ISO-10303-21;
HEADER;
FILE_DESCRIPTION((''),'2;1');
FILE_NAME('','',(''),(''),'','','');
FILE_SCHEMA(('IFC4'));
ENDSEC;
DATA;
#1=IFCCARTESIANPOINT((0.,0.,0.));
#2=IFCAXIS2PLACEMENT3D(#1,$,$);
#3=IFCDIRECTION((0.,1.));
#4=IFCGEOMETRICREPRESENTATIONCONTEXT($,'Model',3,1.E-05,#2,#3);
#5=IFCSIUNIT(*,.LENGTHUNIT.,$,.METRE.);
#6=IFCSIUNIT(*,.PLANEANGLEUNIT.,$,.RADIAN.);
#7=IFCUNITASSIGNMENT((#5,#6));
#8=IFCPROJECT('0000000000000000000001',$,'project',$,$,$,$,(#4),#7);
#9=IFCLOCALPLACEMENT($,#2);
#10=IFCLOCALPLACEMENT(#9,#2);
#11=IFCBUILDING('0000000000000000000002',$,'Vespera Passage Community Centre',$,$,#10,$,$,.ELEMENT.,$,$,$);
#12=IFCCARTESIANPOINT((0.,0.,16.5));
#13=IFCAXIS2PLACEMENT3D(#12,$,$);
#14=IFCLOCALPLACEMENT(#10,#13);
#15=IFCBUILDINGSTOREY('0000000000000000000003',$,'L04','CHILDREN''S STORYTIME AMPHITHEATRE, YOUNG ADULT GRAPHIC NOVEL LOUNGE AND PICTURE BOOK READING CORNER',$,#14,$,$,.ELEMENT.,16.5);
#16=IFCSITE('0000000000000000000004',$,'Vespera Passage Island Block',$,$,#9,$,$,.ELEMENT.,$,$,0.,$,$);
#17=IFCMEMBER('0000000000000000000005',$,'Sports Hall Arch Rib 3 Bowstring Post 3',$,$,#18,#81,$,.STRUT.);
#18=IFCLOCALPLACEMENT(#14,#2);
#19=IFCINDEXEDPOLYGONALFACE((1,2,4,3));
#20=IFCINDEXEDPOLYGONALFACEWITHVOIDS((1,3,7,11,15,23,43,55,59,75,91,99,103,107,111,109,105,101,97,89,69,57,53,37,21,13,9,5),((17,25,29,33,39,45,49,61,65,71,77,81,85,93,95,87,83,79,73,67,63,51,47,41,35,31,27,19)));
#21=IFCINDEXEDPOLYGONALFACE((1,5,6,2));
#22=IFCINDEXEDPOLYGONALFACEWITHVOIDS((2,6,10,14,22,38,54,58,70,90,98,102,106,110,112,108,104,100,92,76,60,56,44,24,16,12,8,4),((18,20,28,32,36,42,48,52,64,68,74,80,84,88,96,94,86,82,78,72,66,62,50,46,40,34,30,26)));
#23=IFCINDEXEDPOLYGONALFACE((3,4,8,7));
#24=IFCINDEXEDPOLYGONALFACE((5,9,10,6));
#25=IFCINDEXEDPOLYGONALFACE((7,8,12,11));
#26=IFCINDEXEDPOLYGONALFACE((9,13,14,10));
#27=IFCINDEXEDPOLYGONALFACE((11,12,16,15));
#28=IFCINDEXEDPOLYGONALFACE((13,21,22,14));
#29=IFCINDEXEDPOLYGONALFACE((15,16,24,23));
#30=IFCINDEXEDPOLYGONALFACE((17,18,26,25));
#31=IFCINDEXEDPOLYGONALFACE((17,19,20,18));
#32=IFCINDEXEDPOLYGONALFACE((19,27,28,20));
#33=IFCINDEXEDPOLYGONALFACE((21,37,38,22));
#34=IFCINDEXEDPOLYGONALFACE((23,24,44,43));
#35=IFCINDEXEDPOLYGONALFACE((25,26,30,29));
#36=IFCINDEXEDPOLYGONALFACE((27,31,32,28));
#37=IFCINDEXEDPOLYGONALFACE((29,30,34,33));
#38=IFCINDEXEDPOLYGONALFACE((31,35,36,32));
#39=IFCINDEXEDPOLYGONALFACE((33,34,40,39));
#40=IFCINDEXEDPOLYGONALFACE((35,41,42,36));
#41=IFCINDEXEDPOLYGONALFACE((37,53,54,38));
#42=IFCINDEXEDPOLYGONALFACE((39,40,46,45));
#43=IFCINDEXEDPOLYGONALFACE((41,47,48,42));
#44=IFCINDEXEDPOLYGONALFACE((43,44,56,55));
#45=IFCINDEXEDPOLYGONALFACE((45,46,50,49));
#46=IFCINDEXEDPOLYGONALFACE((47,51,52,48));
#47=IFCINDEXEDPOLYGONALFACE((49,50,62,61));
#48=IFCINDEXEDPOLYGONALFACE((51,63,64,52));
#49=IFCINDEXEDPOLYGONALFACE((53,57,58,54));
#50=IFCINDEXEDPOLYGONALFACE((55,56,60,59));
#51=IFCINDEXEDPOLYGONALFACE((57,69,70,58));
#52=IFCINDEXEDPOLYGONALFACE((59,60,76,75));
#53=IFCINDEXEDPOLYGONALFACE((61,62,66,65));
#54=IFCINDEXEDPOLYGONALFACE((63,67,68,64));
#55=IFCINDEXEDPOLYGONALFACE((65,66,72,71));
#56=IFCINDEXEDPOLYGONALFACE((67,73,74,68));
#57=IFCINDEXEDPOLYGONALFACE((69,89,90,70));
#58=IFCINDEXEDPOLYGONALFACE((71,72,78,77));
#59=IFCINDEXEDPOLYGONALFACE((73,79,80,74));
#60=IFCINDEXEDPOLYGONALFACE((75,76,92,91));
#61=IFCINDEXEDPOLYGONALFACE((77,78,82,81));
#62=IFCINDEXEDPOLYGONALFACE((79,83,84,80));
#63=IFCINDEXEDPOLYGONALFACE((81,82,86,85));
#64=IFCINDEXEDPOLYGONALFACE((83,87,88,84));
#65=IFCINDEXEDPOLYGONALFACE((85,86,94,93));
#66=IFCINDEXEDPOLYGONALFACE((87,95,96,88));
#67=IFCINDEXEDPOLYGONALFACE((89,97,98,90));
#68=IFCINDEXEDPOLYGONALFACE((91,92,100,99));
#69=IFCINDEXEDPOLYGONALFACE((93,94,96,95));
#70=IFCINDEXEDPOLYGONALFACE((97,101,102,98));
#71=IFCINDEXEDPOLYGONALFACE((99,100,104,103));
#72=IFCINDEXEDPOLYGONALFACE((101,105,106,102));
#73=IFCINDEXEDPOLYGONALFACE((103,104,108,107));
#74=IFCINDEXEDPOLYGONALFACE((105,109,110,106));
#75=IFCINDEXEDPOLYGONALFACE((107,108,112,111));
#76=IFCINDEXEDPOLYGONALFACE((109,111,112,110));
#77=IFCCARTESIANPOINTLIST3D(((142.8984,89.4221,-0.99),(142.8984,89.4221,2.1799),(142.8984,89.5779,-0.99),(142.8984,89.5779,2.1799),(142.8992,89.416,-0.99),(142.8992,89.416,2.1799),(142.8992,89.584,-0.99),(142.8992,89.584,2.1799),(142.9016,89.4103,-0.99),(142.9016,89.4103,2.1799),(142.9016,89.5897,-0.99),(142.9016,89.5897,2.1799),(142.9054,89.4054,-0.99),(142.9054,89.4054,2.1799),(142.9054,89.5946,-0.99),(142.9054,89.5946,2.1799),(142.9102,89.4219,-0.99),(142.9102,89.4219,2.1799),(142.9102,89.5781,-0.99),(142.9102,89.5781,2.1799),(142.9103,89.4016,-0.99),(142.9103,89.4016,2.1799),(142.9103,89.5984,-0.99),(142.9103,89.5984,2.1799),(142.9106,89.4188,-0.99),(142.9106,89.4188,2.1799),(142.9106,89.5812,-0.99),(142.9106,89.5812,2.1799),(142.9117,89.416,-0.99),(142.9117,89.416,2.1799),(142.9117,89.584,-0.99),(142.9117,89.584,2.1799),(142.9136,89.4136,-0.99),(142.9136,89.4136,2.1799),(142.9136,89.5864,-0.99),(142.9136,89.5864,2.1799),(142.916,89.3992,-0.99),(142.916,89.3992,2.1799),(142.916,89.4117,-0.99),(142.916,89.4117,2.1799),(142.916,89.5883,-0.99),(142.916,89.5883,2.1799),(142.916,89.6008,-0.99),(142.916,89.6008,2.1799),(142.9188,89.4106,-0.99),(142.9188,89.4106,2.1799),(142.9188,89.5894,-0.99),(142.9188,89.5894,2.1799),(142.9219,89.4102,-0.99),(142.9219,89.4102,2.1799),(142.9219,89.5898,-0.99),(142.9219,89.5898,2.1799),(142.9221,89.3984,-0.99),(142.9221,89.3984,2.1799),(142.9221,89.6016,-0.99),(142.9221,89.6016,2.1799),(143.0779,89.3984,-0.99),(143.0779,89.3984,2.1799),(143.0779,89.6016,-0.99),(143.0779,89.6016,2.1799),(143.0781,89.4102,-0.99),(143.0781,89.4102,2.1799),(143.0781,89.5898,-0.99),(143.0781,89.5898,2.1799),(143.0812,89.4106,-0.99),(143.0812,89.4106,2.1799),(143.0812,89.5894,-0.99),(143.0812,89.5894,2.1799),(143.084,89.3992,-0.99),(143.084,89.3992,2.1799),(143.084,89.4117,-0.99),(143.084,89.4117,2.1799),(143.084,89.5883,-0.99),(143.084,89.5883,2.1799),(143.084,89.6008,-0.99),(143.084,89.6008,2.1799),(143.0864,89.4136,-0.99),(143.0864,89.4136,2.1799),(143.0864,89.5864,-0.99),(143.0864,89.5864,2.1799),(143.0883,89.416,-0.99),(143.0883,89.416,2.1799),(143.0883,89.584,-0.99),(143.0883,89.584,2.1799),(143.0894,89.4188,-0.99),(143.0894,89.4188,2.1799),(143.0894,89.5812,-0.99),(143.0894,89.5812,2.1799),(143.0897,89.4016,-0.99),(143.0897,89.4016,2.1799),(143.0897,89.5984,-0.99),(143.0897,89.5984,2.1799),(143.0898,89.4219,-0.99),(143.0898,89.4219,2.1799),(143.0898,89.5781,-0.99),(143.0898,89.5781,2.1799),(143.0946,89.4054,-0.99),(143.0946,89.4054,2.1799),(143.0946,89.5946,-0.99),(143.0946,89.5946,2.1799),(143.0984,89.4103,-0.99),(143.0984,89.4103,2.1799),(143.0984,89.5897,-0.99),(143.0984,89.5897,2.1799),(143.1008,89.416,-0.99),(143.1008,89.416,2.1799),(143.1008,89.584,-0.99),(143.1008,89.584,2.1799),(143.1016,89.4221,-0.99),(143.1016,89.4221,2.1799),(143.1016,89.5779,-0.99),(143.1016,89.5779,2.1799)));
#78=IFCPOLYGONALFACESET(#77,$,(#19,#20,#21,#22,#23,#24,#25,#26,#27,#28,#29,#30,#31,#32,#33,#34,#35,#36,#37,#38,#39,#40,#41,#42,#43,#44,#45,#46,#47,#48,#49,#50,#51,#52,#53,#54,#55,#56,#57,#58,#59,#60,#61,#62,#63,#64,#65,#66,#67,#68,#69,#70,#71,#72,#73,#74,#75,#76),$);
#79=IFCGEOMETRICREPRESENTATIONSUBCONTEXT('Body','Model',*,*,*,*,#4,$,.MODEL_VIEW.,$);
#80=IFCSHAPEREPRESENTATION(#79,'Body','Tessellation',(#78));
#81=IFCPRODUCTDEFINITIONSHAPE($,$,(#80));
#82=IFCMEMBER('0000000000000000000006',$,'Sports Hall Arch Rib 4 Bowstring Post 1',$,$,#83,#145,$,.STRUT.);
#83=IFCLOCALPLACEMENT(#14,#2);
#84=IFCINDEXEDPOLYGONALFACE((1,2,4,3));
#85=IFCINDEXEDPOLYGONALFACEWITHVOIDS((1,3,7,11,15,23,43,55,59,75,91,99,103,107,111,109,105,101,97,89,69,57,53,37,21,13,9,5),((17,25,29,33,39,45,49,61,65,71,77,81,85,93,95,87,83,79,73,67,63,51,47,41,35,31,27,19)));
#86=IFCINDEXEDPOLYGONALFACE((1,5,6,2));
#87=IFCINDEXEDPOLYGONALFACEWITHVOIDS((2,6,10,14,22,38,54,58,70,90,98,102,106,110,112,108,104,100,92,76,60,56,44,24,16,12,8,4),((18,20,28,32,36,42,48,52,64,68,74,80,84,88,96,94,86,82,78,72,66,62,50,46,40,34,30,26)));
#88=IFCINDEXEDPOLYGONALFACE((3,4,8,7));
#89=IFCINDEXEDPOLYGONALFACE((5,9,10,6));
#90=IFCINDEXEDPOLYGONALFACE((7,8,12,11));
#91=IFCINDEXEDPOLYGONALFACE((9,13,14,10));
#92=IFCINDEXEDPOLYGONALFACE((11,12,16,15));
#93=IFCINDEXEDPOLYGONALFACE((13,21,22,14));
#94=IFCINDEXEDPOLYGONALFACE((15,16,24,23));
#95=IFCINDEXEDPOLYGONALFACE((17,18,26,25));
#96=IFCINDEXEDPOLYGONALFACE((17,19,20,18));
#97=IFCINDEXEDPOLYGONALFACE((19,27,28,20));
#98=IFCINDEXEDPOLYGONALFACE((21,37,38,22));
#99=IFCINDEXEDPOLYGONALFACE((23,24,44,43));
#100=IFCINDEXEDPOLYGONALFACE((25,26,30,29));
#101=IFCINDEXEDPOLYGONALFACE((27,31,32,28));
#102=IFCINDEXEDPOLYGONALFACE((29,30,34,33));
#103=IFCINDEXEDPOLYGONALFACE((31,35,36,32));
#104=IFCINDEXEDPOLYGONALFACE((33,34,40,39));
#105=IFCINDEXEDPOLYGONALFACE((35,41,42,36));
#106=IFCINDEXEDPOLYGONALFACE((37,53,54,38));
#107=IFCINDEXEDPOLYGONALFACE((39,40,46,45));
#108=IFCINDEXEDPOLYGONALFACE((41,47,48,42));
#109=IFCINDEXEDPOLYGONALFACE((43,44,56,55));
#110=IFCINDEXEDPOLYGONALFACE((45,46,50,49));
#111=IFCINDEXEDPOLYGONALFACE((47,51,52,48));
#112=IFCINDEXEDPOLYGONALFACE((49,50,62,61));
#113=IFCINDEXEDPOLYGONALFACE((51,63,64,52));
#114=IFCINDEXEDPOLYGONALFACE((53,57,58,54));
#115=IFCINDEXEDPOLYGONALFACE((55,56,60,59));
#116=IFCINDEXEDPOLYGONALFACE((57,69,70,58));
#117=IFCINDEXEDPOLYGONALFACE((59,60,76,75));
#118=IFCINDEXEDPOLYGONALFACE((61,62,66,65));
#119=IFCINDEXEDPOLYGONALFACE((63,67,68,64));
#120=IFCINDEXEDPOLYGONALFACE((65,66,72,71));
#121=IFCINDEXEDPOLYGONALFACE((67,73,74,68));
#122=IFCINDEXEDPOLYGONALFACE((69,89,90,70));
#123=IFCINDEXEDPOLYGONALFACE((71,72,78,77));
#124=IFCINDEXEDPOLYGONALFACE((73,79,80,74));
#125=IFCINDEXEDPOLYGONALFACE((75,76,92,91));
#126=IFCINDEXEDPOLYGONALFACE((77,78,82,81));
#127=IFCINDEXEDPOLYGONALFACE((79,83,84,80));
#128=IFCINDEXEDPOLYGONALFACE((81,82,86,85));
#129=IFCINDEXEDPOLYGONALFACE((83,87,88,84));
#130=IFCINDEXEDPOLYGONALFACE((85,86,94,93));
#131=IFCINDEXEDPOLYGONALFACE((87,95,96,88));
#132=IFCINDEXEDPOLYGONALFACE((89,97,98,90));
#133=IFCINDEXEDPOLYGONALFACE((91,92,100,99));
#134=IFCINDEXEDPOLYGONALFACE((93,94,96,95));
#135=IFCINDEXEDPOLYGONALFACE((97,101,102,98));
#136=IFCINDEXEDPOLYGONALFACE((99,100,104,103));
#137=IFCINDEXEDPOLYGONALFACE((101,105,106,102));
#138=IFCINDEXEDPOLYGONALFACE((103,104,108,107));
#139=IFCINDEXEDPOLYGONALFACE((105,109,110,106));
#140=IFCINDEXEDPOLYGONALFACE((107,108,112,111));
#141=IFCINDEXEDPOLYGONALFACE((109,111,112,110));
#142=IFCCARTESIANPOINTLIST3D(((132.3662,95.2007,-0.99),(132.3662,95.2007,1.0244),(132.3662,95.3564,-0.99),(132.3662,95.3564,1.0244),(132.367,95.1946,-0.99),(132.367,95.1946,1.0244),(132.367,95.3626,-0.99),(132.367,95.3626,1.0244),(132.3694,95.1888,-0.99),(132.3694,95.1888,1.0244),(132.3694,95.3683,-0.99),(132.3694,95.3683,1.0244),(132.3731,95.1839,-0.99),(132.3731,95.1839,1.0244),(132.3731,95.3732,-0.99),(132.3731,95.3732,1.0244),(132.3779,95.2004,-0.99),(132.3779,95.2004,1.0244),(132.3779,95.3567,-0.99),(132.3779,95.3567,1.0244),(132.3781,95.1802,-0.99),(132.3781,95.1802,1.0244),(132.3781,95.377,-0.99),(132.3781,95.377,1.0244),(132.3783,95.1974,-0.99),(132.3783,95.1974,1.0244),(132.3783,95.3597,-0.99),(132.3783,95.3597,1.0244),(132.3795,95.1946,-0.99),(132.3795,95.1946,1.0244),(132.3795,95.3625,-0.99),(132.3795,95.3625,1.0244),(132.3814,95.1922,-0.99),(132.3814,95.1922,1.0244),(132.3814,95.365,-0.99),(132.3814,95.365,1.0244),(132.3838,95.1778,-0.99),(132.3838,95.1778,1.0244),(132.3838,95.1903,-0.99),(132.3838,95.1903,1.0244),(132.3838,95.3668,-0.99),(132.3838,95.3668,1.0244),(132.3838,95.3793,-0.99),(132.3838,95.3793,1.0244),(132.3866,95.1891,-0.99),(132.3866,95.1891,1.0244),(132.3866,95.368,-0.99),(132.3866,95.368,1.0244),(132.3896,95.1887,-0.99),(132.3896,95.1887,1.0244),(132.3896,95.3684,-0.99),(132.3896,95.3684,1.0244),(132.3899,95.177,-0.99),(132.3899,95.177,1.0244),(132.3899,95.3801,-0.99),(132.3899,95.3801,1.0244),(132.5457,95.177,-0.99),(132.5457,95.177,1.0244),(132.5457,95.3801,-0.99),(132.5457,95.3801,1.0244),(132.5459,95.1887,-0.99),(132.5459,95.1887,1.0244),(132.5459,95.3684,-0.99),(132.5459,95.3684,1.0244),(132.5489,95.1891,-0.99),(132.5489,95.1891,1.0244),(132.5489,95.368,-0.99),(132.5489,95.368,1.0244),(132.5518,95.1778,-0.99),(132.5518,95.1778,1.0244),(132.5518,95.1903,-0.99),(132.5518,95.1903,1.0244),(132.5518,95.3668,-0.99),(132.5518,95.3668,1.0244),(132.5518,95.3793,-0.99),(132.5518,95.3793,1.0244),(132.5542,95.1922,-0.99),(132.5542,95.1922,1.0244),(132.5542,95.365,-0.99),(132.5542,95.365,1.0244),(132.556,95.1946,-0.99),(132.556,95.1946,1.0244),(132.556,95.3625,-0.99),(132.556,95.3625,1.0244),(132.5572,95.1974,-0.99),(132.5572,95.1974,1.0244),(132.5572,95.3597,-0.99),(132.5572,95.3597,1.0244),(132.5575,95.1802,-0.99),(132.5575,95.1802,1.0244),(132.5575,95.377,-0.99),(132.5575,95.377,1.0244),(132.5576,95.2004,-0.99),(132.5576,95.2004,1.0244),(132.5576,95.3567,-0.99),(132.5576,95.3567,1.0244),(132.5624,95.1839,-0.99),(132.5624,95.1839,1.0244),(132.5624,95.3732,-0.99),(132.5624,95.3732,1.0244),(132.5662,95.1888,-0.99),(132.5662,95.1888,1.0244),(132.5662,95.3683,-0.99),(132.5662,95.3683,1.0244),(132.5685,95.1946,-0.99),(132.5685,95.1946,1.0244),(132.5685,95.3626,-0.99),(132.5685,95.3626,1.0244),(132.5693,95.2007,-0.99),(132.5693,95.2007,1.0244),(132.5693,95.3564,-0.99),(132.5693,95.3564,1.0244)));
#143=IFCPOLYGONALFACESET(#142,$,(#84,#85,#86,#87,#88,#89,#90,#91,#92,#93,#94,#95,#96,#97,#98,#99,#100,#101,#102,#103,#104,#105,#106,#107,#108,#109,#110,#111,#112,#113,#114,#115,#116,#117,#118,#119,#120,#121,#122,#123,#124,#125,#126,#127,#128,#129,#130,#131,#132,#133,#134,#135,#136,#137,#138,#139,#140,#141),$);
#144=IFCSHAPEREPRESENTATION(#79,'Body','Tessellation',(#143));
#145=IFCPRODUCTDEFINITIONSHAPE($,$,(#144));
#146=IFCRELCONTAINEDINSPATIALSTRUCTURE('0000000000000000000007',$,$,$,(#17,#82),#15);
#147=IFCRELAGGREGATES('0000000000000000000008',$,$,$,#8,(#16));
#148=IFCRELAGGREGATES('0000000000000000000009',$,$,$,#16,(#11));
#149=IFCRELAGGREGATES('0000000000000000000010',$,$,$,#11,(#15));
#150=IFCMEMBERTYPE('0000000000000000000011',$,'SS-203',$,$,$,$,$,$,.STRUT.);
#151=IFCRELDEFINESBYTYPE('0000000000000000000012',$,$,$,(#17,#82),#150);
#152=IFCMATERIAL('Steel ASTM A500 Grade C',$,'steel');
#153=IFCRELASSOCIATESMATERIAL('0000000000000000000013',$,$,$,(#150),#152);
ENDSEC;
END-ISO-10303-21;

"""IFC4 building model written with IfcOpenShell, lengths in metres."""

from ifc_helpers import new_model, si_unit, direction, frame, origin, origin_2d, place, context, subcontext, project, spatial, hollow_rectangle, extrude, material, material_profile, profile_set, type_object, element, save


model = new_model("IFC4")

# Units and contexts
model_context = context("Model", 3, precision=1e-05, world=origin(), true_north=direction((0.0, 1.0)))
body_context = subcontext(model_context, "Body", "Model", "MODEL_VIEW")
ifc_project = project(units=[si_unit("LENGTHUNIT", "METRE"), si_unit("PLANEANGLEUNIT", "RADIAN")], contexts=[model_context])

# Site, building, storey
site_placement = place(None, origin())
site = spatial("IfcSite", under=ifc_project, at=site_placement, Name="Vespera Passage Island Block", CompositionType="ELEMENT", RefElevation=0.0)
building_placement = place(site_placement, origin())
building = spatial("IfcBuilding", under=site, at=building_placement, Name="Vespera Passage Community Centre", CompositionType="ELEMENT")
storey_placement = place(building_placement, frame((0.0, 0.0, 16.5)))
storey = spatial("IfcBuildingStorey", under=building, at=storey_placement, Name="L04", Description="CHILDREN'S STORYTIME AMPHITHEATRE, YOUNG ADULT GRAPHIC NOVEL LOUNGE AND PICTURE BOOK READING CORNER", CompositionType="ELEMENT", Elevation=16.5)

# Members
ifc_material_1 = material(Name="Steel ASTM A500 Grade C", Category="steel")
ifc_material_profile_1 = material_profile(ifc_material_1, hollow_rectangle(XDim=0.2031, YDim=0.2031, WallThickness=0.0117, InnerFilletRadius=0.0117, OuterFilletRadius=0.0237, at=origin_2d()), Name="HSS203X203X12.7")
ifc_profile_set_1 = profile_set([ifc_material_profile_1], Name="Steel ASTM A500 Grade C")
member_type = type_object("IfcMemberType", Name="SS-203", PredefinedType="STRUT", material=ifc_profile_set_1)
member_1_placement = place(storey_placement, frame((143.0, 89.5, -0.99), z_axis=(0.0, 0.0, 1.0), x_axis=(1.0, 0.0, 0.0)))
element("IfcMember", 1, at=member_1_placement, inside=storey, type_object=member_type, Name="Sports Hall Arch Rib 3 Bowstring Post 3", PredefinedType="STRUT", context=body_context, shape_type="SweptSolid", body=[
    extrude(hollow_rectangle(XDim=0.2031, YDim=0.2031, WallThickness=0.0117, InnerFilletRadius=0.0117, OuterFilletRadius=0.0237, at=origin_2d()), origin(), (0.0, 0.0, 1.0), 3.1699),
])
member_2_placement = place(storey_placement, frame((132.4678, 95.2786, -0.99), z_axis=(0.0, 0.0, 1.0), x_axis=(1.0, 0.0, 0.0)))
element("IfcMember", 2, at=member_2_placement, inside=storey, type_object=member_type, Name="Sports Hall Arch Rib 4 Bowstring Post 1", PredefinedType="STRUT", context=body_context, shape_type="SweptSolid", body=[
    extrude(hollow_rectangle(XDim=0.2031, YDim=0.2031, WallThickness=0.0117, InnerFilletRadius=0.0117, OuterFilletRadius=0.0237, at=origin_2d()), origin(), (0.0, 0.0, 1.0), 2.0144),
])

save(model, "model.ifc")
